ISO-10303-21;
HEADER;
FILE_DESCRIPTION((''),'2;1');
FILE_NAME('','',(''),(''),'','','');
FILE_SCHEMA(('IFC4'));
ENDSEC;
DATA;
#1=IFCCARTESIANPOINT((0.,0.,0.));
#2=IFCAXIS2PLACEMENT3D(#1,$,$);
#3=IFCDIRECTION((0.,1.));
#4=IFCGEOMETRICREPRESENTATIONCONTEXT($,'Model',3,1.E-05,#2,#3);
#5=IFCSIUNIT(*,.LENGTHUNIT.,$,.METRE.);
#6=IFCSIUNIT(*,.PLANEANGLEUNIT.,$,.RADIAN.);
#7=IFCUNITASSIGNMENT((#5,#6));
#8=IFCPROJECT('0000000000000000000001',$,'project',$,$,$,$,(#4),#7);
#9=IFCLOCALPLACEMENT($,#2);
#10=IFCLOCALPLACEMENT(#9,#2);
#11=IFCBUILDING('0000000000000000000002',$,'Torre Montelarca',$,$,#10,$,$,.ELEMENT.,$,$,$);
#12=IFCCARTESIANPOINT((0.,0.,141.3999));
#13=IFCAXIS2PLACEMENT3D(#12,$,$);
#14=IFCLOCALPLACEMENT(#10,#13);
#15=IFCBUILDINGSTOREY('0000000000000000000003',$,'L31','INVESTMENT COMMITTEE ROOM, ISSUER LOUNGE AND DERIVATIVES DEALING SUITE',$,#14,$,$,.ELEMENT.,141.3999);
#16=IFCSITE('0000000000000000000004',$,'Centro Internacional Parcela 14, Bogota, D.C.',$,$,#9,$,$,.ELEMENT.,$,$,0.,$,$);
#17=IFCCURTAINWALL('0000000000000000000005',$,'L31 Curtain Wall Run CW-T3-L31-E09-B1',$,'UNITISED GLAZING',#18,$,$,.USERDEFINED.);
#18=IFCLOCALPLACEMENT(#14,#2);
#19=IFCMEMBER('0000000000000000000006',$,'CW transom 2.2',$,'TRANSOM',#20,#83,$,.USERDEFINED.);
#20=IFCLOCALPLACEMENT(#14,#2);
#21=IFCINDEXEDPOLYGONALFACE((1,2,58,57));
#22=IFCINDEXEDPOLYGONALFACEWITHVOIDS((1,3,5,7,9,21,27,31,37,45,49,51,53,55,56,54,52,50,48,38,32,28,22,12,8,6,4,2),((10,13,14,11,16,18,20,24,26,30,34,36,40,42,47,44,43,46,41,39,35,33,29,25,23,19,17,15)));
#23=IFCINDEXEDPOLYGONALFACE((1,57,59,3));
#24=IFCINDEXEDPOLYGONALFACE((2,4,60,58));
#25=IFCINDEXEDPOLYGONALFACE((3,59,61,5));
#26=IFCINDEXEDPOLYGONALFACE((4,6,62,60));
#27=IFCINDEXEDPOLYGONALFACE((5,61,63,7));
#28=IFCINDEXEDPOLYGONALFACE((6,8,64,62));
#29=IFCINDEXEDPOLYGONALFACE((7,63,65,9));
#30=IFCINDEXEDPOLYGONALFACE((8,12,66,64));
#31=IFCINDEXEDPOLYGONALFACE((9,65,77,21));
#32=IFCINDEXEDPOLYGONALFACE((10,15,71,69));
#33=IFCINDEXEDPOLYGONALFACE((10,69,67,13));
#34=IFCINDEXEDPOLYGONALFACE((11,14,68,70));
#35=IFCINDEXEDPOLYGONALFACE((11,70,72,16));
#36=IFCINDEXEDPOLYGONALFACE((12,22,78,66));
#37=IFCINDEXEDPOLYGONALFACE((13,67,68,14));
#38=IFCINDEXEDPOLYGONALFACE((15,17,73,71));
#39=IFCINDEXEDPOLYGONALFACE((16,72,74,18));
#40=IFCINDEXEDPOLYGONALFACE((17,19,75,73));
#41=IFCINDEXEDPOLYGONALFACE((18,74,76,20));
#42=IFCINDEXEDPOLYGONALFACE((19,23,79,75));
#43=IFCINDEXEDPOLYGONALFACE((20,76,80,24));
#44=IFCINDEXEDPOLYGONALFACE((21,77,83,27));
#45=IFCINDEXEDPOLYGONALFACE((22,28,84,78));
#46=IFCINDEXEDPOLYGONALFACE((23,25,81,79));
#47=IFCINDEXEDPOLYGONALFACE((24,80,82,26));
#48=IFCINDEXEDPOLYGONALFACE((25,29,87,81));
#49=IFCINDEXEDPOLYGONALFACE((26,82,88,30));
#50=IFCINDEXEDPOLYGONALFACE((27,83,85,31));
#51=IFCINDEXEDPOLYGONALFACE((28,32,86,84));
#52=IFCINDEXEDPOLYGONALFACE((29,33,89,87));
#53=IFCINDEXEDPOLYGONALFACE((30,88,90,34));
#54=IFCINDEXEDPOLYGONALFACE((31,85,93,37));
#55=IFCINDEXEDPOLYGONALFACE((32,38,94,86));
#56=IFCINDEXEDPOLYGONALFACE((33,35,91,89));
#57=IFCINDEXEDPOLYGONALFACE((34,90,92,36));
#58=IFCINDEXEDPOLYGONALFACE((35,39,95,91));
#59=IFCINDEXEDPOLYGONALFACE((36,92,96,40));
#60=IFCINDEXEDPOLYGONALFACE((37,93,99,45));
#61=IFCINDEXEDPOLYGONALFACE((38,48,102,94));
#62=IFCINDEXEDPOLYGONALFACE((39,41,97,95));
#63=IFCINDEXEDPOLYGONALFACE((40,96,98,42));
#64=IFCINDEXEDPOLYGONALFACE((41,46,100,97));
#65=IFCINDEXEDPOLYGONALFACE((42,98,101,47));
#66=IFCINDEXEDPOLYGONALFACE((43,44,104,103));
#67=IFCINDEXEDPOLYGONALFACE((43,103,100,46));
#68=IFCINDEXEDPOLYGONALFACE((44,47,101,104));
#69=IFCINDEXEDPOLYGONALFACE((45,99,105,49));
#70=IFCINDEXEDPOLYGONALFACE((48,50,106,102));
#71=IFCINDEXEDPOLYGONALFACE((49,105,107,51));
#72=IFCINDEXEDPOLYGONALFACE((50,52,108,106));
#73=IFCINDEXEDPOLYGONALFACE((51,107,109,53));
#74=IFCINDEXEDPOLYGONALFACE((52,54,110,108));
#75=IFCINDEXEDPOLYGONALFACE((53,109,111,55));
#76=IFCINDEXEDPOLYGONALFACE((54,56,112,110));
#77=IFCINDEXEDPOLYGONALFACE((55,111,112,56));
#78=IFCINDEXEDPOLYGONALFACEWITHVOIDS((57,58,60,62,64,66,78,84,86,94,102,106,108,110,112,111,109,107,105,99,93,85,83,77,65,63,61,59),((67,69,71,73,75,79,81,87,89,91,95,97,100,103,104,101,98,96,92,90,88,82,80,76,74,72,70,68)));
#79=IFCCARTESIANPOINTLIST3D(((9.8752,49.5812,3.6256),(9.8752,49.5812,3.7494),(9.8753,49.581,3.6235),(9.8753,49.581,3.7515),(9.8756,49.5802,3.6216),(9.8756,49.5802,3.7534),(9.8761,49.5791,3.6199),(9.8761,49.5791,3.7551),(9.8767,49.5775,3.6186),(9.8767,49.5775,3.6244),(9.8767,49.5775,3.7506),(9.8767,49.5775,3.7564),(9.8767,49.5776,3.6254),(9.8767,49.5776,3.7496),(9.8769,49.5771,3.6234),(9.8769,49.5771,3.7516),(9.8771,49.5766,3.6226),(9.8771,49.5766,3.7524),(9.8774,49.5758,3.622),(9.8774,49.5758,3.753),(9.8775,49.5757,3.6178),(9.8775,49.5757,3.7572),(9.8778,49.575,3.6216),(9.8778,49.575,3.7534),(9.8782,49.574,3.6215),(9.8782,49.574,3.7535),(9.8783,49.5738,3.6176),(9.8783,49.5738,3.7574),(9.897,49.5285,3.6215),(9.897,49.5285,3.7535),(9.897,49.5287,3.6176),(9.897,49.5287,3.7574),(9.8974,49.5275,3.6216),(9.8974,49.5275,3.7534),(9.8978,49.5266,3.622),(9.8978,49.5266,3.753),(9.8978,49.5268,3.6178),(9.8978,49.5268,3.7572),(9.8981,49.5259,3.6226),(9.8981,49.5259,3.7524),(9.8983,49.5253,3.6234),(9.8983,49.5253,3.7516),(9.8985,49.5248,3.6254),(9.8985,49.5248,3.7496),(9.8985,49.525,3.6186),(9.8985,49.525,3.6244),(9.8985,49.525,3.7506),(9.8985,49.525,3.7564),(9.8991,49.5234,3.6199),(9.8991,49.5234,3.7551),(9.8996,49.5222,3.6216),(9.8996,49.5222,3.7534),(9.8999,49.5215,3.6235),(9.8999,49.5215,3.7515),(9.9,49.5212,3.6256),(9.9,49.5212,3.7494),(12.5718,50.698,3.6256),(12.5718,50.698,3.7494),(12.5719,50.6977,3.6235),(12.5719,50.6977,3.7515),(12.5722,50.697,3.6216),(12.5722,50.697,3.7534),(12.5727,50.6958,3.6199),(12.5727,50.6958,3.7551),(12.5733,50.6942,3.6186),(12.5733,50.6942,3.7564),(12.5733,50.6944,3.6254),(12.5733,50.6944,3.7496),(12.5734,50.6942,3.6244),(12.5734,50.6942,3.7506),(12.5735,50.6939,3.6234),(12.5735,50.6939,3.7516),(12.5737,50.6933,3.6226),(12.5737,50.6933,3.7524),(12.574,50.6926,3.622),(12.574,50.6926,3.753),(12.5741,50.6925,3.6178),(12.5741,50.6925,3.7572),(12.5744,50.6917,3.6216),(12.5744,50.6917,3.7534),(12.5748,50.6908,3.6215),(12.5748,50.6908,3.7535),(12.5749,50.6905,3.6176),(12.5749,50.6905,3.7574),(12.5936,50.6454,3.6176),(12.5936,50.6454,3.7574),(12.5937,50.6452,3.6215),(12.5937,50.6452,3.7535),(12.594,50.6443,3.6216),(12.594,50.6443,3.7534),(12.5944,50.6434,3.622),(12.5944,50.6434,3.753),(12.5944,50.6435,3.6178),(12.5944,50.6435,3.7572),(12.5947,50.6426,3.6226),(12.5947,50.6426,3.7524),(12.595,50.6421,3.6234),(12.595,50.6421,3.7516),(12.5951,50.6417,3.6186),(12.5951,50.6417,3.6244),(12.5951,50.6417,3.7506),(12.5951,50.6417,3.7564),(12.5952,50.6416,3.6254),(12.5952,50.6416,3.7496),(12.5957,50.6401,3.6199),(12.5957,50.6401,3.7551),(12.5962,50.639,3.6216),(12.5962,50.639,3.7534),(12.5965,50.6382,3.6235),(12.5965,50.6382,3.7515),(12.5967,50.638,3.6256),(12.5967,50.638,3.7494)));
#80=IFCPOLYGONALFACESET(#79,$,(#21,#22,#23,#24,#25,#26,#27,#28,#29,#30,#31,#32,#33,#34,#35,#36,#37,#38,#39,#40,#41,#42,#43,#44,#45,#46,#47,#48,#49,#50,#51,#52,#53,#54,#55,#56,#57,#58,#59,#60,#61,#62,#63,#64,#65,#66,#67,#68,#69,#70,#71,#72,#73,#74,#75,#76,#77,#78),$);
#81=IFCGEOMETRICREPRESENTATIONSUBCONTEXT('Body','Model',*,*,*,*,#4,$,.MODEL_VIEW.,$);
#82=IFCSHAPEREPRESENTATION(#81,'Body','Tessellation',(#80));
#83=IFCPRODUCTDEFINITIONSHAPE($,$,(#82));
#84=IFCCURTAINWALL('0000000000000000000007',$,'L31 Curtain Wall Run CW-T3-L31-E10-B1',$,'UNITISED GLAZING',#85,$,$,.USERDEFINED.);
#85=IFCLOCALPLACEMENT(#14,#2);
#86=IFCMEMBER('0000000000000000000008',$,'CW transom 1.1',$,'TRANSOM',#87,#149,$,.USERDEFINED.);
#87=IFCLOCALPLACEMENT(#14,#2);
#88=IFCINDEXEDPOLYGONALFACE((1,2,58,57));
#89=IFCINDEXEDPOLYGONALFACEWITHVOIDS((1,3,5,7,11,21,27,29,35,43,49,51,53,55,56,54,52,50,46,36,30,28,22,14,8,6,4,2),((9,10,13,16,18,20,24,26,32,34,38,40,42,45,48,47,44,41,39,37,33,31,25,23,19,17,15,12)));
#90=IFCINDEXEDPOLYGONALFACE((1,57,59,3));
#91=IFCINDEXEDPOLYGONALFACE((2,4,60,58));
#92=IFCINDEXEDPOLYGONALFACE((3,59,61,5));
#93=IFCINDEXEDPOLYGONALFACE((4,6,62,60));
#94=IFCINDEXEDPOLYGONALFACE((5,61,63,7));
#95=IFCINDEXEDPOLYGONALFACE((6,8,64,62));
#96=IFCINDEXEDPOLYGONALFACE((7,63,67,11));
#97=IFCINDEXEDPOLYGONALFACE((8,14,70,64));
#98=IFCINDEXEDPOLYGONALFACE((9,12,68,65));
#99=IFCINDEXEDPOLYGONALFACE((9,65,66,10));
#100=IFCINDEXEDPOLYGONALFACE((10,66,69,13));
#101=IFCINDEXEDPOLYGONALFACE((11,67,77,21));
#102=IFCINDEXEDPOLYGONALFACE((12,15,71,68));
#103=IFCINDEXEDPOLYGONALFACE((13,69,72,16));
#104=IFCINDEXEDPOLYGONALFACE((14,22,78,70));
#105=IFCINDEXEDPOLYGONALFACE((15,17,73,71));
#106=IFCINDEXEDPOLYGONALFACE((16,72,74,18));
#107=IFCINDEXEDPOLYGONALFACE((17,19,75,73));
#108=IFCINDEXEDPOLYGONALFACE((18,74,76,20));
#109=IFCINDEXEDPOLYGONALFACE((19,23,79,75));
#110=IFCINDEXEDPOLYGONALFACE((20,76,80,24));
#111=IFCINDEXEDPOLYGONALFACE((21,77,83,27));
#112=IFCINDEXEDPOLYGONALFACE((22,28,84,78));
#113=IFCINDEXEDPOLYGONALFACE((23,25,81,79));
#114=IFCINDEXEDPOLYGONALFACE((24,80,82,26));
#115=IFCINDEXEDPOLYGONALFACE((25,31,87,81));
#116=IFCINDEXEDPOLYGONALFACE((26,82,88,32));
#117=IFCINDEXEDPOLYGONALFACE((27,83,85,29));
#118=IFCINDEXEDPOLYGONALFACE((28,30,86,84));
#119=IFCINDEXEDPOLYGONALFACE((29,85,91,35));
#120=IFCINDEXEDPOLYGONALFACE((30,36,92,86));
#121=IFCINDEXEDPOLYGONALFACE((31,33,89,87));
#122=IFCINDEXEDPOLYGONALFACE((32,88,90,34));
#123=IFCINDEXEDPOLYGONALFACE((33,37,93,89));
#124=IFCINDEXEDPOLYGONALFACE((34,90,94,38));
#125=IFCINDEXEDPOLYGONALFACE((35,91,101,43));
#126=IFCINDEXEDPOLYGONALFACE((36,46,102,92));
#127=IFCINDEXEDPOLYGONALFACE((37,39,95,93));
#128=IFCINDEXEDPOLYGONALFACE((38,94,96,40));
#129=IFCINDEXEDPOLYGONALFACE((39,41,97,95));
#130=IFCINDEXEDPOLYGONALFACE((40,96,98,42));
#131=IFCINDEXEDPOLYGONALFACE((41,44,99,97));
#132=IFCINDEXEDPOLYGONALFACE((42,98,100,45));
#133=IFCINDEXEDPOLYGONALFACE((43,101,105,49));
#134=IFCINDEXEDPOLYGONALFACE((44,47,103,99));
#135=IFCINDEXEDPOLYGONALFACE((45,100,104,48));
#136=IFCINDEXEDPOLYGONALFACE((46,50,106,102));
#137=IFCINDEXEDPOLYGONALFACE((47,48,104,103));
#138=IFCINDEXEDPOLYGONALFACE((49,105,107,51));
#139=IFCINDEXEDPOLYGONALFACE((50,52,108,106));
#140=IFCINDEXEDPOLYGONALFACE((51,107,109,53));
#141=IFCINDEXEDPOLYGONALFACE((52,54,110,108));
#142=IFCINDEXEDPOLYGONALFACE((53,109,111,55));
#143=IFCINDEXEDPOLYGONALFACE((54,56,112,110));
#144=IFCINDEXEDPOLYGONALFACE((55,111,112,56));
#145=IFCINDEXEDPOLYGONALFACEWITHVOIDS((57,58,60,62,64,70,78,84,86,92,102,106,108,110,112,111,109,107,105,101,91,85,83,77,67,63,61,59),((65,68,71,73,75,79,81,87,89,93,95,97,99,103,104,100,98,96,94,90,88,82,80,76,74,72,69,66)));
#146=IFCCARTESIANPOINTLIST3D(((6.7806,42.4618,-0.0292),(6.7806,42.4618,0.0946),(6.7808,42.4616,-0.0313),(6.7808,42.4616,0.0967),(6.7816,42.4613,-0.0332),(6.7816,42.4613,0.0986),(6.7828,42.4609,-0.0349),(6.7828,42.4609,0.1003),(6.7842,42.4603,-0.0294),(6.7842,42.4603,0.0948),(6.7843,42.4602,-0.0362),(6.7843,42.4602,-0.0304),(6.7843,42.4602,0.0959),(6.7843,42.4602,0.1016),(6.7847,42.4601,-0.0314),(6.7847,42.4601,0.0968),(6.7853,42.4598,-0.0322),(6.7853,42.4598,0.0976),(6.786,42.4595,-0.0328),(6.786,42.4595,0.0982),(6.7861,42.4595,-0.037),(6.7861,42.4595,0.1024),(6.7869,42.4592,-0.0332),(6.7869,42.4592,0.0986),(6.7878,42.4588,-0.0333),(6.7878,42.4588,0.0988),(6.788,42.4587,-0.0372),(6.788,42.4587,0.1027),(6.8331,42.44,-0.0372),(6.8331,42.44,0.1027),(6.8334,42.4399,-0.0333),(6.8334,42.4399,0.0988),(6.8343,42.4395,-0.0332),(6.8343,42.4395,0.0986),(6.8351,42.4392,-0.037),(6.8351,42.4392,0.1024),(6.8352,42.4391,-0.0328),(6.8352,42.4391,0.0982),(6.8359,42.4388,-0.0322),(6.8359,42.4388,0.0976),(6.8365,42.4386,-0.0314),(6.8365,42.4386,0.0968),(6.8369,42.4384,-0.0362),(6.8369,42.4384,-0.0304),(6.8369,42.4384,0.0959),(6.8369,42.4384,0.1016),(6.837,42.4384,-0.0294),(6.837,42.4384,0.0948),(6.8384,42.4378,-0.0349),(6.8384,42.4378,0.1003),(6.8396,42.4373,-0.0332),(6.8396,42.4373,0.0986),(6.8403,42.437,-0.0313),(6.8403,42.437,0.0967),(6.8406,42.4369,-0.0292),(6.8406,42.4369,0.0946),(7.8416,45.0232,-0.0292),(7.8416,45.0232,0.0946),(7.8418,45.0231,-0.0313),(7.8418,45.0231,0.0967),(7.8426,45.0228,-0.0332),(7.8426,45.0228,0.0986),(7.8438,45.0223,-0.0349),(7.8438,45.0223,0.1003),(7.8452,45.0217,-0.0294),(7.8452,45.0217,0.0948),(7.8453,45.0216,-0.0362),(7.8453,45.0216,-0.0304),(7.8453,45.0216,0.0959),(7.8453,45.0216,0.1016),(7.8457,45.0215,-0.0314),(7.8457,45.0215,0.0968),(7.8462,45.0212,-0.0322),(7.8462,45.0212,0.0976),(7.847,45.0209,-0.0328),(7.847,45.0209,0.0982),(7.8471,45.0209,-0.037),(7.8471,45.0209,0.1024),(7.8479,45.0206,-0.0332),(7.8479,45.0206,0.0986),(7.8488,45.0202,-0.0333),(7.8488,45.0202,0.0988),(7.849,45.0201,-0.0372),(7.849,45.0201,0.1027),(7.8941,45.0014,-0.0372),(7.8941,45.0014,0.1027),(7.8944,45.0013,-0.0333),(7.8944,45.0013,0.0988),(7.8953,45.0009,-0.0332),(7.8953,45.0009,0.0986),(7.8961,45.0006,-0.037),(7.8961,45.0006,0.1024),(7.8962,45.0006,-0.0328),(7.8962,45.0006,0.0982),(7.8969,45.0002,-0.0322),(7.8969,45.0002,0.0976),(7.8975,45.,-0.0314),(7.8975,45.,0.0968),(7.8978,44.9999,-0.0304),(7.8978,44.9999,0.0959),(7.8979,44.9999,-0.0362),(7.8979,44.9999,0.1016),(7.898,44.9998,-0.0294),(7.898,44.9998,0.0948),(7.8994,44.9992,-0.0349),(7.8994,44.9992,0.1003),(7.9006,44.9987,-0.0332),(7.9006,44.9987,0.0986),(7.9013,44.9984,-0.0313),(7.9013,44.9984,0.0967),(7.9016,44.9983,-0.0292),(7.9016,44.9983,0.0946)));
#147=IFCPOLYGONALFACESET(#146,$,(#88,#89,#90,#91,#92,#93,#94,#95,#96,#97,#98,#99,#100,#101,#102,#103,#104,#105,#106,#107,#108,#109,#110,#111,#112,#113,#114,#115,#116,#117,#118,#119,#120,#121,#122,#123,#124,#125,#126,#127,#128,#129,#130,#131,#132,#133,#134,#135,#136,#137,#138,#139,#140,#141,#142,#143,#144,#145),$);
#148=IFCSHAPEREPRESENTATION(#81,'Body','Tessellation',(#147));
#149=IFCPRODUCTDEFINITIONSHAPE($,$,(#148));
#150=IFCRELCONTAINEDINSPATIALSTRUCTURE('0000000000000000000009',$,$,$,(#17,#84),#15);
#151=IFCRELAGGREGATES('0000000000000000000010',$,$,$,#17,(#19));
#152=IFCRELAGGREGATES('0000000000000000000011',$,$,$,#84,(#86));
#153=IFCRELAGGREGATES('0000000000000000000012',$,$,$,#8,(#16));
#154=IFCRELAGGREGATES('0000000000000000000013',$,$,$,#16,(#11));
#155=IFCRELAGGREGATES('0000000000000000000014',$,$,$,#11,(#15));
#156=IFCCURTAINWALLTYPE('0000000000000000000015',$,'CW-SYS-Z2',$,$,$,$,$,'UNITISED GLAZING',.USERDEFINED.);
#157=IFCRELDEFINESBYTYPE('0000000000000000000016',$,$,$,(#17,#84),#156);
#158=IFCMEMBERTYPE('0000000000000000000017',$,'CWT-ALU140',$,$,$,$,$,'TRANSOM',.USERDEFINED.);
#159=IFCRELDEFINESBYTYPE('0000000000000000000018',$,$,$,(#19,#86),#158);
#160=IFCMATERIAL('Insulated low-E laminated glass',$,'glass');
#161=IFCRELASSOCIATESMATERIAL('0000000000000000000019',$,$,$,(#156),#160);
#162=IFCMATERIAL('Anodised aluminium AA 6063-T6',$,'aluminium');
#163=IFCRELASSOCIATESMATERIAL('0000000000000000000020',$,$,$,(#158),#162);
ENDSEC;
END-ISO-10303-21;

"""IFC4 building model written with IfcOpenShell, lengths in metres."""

from ifc_helpers import new_model, si_unit, direction, frame, origin, origin_2d, place, context, subcontext, project, spatial, hollow_rectangle, extrude, source, transform, mapped, material, material_profile, profile_set, type_object, element, aggregate, save


model = new_model("IFC4")

# Units and contexts
model_context = context("Model", 3, precision=1e-05, world=origin(), true_north=direction((0.0, 1.0)))
body_context = subcontext(model_context, "Body", "Model", "MODEL_VIEW")
ifc_project = project(units=[si_unit("LENGTHUNIT", "METRE"), si_unit("PLANEANGLEUNIT", "RADIAN")], contexts=[model_context])

# Site, building, storey
site_placement = place(None, origin())
site = spatial("IfcSite", under=ifc_project, at=site_placement, Name="Centro Internacional Parcela 14, Bogota, D.C.", CompositionType="ELEMENT", RefElevation=0.0)
building_placement = place(site_placement, origin())
building = spatial("IfcBuilding", under=site, at=building_placement, Name="Torre Montelarca", CompositionType="ELEMENT")
storey_placement = place(building_placement, frame((0.0, 0.0, 141.3999)))
storey = spatial("IfcBuildingStorey", under=building, at=storey_placement, Name="L31", Description="INVESTMENT COMMITTEE ROOM, ISSUER LOUNGE AND DERIVATIVES DEALING SUITE", CompositionType="ELEMENT", Elevation=141.3999)

# Curtain walls, members
ifc_material_1 = material(Name="Insulated low-E laminated glass", Category="glass")
curtain_wall_type = type_object("IfcCurtainWallType", Name="CW-SYS-Z2", ElementType="UNITISED GLAZING", PredefinedType="USERDEFINED", material=ifc_material_1)
curtain_wall_1_placement = place(storey_placement, origin())
curtain_wall_1 = element("IfcCurtainWall", 1, at=curtain_wall_1_placement, inside=storey, type_object=curtain_wall_type, Name="L31 Curtain Wall Run CW-T3-L31-E09-B1", ObjectType="UNITISED GLAZING", PredefinedType="USERDEFINED")
ifc_material_2 = material(Name="Anodised aluminium AA 6063-T6", Category="aluminium")
ifc_material_profile_1 = material_profile(ifc_material_2, hollow_rectangle(XDim=0.0649, YDim=0.1399, WallThickness=0.0039, InnerFilletRadius=0.0039, OuterFilletRadius=0.0081, at=origin_2d()), Name="ALU65X140X4", Category="aluminium")
ifc_profile_set_1 = profile_set([ifc_material_profile_1], Name="Anodised aluminium AA 6063-T6")
member_type_1 = type_object("IfcMemberType", Name="CWT-ALU140", ElementType="TRANSOM", PredefinedType="USERDEFINED", material=ifc_profile_set_1)
shared_shape_1 = source(origin(), body_context, "Body", "SweptSolid", [
    extrude(hollow_rectangle(XDim=0.0649, YDim=0.1399, WallThickness=0.0039, InnerFilletRadius=0.0039, OuterFilletRadius=0.0081, at=origin_2d()), origin(), (0.0, 0.0, 1.0), 2.9187),
])
member_1_placement = place(storey_placement, frame((12.5842, 50.668, 3.6875), z_axis=(-0.923909, -0.382613, 0.0), x_axis=(0.382613, -0.923909, 0.0)))
member_1 = element("IfcMember", 2, at=member_1_placement, type_object=member_type_1, Name="CW transom 2.2", ObjectType="TRANSOM", PredefinedType="USERDEFINED", context=body_context, shape_type="MappedRepresentation", body=[
    mapped(shared_shape_1, transform((0.0, 0.0, 0.0), scale=1.0)),
])
curtain_wall_2_placement = place(storey_placement, origin())
curtain_wall_2 = element("IfcCurtainWall", 3, at=curtain_wall_2_placement, inside=storey, type_object=curtain_wall_type, Name="L31 Curtain Wall Run CW-T3-L31-E10-B1", ObjectType="UNITISED GLAZING", PredefinedType="USERDEFINED")
shared_shape_2 = source(origin(), body_context, "Body", "SweptSolid", [
    extrude(hollow_rectangle(XDim=0.0649, YDim=0.1399, WallThickness=0.0039, InnerFilletRadius=0.0039, OuterFilletRadius=0.0081, at=origin_2d()), origin(), (0.0, 0.0, 1.0), 2.7725),
])
member_2_placement = place(storey_placement, frame((7.8716, 45.0107, 0.0327), z_axis=(-0.382689, -0.923877, 0.0), x_axis=(0.923877, -0.382689, 0.0)))
member_2 = element("IfcMember", 4, at=member_2_placement, type_object=member_type_1, Name="CW transom 1.1", ObjectType="TRANSOM", PredefinedType="USERDEFINED", context=body_context, shape_type="MappedRepresentation", body=[
    mapped(shared_shape_2, transform((0.0, 0.0, 0.0), scale=1.0)),
])

aggregate(curtain_wall_1, [member_1])
aggregate(curtain_wall_2, [member_2])

save(model, "model.ifc")
